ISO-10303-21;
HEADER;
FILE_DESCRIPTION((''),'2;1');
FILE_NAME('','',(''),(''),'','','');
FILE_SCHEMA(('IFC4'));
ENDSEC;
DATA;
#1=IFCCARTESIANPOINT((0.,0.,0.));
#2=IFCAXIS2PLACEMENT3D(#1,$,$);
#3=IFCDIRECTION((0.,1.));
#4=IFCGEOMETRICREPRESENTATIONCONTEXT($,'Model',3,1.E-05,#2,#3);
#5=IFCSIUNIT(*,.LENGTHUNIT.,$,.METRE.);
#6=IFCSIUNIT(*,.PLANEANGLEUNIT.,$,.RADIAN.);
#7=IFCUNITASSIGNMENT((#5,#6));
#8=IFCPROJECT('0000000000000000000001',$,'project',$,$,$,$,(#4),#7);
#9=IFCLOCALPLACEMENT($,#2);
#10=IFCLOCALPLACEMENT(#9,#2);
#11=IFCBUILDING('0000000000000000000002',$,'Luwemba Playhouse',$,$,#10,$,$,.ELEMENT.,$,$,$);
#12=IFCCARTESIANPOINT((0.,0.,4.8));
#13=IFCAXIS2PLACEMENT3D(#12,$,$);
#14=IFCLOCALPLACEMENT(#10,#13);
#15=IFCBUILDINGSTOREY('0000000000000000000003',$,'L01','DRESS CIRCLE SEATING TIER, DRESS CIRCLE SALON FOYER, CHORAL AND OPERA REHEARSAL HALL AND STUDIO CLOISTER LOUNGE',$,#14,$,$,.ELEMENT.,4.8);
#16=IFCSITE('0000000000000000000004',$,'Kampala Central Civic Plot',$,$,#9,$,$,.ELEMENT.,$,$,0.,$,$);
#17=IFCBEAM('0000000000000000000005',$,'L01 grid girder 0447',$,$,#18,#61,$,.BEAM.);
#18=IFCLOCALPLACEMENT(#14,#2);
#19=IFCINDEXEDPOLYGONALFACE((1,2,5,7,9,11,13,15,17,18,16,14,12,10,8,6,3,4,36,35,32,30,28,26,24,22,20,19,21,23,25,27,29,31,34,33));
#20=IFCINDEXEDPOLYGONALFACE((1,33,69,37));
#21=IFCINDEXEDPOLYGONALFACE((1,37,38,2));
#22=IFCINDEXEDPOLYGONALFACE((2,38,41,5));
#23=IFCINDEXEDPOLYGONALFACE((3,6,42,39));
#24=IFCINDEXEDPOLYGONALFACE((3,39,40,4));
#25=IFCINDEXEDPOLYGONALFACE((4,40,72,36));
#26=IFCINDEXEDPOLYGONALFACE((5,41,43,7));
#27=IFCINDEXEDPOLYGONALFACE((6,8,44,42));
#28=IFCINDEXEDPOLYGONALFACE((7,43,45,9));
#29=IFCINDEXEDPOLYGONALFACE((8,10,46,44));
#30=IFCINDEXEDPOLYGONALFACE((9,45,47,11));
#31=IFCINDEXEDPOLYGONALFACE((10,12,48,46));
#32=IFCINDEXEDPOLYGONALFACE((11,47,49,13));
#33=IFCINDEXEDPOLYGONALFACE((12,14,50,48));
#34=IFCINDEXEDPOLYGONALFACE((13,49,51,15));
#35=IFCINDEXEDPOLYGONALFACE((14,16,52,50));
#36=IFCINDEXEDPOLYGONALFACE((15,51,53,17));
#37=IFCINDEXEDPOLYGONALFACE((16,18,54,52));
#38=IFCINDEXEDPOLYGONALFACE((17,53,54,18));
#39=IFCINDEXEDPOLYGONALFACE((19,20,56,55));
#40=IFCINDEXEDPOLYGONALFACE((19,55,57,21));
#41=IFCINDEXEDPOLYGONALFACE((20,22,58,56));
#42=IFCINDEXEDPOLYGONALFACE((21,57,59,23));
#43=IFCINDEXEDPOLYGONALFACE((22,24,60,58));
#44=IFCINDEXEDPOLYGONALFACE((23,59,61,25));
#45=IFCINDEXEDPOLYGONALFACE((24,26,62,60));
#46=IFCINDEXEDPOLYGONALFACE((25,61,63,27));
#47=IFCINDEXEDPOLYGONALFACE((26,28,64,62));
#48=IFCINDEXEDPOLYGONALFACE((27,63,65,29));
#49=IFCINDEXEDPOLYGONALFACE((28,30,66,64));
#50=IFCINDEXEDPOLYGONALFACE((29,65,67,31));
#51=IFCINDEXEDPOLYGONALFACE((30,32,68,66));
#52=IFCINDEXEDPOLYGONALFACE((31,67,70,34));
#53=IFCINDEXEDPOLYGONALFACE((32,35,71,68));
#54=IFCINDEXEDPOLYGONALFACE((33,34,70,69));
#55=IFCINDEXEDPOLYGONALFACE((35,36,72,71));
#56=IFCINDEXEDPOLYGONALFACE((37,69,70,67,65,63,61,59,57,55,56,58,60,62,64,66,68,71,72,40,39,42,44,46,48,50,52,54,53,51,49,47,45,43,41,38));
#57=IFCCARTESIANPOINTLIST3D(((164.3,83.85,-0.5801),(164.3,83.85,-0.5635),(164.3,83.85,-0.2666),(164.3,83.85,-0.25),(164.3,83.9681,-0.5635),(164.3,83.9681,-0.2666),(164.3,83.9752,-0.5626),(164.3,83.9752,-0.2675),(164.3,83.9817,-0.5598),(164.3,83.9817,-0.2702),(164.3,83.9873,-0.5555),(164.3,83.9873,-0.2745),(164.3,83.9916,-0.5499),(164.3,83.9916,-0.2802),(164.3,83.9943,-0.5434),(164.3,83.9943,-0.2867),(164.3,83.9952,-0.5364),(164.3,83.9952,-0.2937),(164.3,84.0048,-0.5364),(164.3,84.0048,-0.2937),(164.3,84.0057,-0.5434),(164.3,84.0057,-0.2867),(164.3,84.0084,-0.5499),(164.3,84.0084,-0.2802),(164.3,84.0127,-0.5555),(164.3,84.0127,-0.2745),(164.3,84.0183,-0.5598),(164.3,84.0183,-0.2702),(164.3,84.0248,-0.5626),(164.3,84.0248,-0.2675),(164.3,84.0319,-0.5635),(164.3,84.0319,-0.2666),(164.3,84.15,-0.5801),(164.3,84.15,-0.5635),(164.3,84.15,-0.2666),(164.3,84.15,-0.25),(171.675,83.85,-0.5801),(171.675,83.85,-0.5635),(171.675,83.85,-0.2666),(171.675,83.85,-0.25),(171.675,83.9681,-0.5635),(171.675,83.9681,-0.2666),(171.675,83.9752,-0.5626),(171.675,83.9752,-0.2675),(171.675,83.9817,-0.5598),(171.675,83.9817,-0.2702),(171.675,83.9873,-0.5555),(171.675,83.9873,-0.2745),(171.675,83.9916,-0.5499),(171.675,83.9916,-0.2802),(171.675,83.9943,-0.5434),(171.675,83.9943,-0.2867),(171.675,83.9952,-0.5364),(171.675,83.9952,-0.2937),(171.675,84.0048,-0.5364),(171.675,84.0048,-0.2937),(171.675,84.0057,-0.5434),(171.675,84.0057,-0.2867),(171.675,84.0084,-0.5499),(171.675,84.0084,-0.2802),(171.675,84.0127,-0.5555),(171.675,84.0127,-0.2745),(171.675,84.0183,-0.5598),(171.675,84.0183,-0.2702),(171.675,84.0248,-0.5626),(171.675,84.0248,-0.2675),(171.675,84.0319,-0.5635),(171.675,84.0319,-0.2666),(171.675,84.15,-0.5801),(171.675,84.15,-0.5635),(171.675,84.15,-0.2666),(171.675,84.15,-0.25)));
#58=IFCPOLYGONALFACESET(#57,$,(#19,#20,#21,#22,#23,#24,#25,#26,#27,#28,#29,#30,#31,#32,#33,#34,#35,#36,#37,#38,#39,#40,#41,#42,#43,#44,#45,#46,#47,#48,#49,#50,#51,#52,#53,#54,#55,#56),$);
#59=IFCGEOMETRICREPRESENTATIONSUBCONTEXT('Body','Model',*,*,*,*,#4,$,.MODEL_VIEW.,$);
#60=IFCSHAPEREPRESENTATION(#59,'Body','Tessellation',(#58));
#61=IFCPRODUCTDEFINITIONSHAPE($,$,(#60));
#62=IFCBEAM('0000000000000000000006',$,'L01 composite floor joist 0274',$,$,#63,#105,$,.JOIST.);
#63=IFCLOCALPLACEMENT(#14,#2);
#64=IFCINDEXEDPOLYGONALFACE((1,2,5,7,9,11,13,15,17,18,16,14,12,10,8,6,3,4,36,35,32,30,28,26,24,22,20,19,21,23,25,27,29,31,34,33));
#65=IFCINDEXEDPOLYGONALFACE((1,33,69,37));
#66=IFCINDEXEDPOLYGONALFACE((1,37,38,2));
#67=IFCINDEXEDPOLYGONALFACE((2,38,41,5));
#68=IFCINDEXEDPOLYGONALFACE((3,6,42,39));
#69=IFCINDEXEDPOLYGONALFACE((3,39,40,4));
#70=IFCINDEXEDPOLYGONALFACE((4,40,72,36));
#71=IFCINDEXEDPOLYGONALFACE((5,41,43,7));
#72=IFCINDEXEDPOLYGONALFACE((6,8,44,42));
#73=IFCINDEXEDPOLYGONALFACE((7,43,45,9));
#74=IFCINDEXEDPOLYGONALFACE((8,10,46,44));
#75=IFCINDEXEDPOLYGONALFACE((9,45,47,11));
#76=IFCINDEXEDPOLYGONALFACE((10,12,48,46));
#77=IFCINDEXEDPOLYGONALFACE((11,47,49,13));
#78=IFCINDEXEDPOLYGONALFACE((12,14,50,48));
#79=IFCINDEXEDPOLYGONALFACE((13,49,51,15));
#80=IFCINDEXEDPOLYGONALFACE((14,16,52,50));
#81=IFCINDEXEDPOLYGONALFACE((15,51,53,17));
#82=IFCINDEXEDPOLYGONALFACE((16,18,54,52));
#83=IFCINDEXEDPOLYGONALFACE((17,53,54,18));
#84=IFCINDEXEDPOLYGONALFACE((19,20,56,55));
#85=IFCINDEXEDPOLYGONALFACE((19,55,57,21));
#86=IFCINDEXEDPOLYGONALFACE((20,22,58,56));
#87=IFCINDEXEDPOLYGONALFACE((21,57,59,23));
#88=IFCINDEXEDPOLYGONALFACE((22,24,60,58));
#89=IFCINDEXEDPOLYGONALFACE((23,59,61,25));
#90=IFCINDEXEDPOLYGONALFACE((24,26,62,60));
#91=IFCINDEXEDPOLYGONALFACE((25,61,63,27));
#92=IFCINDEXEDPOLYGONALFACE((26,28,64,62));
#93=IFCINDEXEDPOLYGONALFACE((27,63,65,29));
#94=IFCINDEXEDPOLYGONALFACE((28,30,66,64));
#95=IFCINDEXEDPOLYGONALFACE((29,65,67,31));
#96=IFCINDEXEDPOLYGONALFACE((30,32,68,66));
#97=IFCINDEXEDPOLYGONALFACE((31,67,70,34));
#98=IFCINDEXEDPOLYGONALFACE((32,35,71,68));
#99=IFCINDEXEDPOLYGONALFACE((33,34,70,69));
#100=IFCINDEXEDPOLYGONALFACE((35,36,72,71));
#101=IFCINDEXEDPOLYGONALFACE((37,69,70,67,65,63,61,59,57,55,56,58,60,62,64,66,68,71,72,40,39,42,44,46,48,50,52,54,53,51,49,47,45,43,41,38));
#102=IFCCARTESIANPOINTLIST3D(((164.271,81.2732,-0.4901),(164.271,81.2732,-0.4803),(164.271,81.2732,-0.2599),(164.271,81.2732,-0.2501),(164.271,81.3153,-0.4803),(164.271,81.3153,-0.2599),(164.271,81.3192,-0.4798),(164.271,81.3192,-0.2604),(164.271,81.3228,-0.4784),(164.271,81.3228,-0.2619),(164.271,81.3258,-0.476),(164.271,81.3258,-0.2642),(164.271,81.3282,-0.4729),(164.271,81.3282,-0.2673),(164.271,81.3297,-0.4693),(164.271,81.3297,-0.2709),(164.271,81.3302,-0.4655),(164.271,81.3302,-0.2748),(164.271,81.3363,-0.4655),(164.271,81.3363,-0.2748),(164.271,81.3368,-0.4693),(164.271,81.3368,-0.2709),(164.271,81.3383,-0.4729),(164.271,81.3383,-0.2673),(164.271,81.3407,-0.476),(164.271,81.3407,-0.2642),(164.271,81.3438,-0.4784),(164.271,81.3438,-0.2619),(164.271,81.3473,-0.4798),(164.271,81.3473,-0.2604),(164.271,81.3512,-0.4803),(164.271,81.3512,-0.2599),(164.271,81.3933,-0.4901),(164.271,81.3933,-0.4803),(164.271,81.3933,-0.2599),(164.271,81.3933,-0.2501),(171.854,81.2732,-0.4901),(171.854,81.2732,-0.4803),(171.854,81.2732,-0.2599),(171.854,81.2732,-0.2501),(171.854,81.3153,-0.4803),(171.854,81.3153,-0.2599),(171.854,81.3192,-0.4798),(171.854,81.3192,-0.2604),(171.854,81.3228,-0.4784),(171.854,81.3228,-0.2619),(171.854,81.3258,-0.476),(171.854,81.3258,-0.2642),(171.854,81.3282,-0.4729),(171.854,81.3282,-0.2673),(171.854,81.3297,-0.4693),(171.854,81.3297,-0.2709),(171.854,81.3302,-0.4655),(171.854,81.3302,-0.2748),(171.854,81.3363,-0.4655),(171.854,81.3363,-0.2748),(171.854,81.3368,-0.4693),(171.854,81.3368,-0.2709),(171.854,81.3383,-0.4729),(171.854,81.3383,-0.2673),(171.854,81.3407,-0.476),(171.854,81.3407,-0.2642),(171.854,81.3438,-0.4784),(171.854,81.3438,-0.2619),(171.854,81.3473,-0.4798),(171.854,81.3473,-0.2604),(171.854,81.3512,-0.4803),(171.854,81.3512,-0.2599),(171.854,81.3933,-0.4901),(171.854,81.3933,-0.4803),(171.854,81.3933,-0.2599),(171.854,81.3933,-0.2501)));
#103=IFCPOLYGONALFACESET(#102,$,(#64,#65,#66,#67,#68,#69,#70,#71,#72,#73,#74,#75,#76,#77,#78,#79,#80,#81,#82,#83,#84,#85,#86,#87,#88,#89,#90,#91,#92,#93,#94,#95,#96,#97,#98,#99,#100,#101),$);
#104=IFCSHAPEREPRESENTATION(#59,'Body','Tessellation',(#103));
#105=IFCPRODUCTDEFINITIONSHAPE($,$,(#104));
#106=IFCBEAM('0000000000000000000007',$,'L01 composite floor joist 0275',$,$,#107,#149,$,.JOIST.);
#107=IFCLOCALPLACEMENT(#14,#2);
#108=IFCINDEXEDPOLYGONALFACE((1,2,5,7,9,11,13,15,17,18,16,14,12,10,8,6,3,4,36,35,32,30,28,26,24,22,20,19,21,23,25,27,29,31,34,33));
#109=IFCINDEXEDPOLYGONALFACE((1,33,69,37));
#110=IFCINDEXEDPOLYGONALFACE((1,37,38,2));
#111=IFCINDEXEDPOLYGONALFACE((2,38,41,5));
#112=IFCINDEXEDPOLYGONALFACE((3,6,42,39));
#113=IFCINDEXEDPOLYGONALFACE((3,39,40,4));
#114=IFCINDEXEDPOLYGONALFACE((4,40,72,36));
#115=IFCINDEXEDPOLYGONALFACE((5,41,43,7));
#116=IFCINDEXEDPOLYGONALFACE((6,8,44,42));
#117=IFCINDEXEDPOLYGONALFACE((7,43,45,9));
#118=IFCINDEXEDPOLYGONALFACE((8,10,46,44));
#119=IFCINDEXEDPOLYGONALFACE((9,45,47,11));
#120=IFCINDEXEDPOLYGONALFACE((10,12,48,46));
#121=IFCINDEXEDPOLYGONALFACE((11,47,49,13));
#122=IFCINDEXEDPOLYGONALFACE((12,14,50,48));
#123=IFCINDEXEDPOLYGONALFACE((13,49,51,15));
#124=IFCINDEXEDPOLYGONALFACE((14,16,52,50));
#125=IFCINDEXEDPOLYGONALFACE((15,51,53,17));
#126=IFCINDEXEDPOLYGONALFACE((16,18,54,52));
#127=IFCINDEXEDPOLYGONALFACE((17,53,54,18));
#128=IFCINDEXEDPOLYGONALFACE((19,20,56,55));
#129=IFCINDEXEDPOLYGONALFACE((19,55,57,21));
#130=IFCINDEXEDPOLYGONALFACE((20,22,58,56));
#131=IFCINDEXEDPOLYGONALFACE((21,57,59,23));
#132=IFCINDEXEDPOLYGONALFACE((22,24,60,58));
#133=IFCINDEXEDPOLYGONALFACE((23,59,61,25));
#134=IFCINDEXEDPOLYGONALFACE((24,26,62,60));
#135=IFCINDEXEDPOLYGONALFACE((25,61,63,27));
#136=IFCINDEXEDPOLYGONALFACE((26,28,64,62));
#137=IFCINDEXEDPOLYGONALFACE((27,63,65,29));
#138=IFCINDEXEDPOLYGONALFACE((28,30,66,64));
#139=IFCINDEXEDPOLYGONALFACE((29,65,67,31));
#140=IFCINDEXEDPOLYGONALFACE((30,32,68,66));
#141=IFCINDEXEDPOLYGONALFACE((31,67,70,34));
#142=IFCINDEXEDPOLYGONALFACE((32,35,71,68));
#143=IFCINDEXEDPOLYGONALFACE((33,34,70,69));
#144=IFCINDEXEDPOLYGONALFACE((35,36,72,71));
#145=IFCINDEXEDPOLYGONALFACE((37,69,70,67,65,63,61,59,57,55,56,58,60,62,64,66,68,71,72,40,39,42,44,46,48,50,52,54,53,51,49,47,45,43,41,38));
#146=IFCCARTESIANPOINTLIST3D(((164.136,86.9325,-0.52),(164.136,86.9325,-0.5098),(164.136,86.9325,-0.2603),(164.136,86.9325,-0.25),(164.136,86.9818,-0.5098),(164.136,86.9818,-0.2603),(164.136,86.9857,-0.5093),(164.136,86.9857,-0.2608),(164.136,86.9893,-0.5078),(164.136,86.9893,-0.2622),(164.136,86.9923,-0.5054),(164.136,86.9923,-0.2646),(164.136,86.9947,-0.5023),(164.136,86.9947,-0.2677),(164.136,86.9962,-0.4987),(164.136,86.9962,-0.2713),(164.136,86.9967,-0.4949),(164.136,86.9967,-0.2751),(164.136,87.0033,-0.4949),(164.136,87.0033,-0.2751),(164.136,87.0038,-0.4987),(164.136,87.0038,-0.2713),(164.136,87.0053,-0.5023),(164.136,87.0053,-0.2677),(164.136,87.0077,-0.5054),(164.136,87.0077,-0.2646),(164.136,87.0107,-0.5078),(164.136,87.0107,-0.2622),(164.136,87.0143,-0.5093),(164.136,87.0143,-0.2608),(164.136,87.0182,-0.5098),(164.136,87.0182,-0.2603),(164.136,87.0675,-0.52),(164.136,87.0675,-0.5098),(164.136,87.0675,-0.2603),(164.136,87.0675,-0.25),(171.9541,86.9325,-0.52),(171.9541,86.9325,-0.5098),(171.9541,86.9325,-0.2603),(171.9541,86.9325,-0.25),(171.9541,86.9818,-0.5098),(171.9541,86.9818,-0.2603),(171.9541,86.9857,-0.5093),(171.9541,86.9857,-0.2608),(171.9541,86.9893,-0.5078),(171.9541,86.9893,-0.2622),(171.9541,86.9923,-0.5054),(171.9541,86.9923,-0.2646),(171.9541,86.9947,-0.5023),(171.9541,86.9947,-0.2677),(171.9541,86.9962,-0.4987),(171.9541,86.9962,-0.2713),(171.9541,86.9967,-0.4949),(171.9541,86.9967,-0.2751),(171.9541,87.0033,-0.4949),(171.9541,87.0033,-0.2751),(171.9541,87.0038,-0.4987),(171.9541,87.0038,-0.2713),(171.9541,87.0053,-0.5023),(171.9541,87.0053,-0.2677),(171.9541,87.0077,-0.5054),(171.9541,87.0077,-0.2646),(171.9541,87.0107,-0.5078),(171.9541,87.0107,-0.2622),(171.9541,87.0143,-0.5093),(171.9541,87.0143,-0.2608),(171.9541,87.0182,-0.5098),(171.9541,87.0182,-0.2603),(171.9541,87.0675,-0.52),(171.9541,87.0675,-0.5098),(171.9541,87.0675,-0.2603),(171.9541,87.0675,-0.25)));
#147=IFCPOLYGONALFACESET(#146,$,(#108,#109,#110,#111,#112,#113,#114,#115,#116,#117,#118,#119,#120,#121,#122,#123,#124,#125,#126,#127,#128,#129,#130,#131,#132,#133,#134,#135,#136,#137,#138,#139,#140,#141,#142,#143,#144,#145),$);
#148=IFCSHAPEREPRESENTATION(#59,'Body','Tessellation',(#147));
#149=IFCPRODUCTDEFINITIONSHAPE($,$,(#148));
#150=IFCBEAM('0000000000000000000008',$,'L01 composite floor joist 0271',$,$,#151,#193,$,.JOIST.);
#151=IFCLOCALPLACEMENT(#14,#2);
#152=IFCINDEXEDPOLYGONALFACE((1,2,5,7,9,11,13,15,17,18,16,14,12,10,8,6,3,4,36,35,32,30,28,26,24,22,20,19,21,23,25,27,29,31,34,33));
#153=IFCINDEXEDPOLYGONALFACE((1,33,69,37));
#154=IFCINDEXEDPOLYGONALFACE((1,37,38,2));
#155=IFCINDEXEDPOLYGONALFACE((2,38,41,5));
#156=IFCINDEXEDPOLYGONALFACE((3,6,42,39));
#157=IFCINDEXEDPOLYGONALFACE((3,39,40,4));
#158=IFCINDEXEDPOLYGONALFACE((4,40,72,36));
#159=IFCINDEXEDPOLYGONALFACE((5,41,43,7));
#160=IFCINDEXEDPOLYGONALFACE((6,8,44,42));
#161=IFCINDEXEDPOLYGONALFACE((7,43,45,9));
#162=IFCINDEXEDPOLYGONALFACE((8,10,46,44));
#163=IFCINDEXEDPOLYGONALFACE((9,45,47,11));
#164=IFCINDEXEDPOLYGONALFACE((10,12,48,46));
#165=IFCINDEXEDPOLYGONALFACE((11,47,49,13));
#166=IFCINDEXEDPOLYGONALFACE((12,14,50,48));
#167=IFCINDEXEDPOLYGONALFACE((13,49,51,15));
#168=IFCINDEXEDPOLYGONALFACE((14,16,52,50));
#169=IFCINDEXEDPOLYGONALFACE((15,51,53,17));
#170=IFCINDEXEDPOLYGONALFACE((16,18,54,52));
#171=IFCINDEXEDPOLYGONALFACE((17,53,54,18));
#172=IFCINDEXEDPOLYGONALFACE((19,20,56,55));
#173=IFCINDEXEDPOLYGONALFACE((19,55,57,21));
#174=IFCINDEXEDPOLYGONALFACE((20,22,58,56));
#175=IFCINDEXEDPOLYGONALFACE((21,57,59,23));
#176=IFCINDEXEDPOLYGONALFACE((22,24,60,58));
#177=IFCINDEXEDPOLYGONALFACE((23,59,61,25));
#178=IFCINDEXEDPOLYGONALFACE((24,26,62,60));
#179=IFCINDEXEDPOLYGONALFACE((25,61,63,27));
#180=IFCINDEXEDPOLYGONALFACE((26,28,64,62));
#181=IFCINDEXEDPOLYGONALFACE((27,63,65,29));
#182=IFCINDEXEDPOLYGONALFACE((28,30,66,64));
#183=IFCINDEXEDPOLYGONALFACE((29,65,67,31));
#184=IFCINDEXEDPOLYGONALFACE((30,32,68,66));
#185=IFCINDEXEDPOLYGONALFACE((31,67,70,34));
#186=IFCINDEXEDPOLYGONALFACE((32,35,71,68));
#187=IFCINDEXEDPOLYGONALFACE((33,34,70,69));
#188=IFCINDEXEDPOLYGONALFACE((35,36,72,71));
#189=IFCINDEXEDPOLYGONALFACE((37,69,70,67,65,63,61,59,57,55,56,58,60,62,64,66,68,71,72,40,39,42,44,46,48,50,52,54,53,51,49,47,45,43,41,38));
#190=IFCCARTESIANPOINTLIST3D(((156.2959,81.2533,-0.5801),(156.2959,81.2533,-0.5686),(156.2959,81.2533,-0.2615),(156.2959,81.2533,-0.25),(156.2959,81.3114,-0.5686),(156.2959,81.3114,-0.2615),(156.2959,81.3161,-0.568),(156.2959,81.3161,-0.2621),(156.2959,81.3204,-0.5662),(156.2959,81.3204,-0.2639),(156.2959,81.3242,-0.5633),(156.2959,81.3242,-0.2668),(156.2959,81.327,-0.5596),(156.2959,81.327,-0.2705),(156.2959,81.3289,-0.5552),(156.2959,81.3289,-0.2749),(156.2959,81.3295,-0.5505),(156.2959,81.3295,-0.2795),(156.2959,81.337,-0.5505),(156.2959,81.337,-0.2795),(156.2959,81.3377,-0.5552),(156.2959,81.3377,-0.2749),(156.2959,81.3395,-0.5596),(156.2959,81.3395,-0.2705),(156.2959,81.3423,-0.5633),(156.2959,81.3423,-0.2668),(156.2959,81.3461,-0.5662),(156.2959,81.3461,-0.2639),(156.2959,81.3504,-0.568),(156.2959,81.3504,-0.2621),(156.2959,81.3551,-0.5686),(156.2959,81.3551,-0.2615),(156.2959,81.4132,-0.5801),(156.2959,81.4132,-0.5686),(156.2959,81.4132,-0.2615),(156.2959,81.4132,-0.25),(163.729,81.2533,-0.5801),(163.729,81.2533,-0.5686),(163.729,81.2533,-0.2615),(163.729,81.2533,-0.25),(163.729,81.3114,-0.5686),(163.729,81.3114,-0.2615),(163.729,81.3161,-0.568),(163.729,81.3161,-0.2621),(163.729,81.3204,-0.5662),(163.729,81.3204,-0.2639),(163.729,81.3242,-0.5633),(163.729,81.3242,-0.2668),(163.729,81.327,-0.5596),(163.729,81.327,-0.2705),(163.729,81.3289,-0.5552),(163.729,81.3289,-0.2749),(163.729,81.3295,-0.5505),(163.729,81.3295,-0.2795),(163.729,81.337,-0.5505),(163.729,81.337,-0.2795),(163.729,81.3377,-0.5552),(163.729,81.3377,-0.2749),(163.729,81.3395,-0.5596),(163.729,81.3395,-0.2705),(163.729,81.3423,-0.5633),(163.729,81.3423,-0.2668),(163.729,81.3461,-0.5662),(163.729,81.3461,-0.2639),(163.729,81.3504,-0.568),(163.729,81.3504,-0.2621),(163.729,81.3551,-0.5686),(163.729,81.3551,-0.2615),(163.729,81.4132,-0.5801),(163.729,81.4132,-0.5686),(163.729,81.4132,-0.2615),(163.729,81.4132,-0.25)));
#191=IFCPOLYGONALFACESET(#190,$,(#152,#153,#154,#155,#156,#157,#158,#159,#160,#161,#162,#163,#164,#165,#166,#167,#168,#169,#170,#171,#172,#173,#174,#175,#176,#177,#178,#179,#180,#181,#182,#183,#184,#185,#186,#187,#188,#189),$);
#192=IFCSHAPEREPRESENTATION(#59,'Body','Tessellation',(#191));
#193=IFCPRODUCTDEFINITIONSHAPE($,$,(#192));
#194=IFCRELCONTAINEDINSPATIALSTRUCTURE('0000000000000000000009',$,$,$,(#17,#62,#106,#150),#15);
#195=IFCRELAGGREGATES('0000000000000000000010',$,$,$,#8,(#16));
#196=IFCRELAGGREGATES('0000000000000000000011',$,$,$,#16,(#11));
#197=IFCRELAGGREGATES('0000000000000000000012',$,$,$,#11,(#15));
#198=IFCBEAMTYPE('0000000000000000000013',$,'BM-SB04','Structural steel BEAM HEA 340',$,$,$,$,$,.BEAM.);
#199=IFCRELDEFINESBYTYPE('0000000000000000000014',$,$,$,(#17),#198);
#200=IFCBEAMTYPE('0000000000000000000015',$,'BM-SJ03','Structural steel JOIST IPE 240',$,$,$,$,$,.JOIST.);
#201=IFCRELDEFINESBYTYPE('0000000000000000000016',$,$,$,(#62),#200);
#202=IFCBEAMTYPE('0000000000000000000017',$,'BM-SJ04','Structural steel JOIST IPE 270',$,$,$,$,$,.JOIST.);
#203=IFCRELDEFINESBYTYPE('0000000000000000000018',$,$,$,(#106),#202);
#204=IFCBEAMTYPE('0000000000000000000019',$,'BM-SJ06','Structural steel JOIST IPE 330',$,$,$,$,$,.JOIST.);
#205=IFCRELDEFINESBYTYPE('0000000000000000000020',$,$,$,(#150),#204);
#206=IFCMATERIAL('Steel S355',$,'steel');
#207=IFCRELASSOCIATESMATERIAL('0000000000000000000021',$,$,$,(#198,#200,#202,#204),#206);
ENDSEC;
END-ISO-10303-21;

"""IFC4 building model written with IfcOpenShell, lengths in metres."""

from ifc_helpers import new_model, si_unit, direction, frame, origin, origin_2d, place, context, subcontext, project, spatial, i_section, extrude, material, material_profile, profile_set, type_object, element, save


model = new_model("IFC4")

# Units and contexts
model_context = context("Model", 3, precision=1e-05, world=origin(), true_north=direction((0.0, 1.0)))
body_context = subcontext(model_context, "Body", "Model", "MODEL_VIEW")
ifc_project = project(units=[si_unit("LENGTHUNIT", "METRE"), si_unit("PLANEANGLEUNIT", "RADIAN")], contexts=[model_context])

# Site, building, storey
site_placement = place(None, origin())
site = spatial("IfcSite", under=ifc_project, at=site_placement, Name="Kampala Central Civic Plot", CompositionType="ELEMENT", RefElevation=0.0)
building_placement = place(site_placement, origin())
building = spatial("IfcBuilding", under=site, at=building_placement, Name="Luwemba Playhouse", CompositionType="ELEMENT")
storey_placement = place(building_placement, frame((0.0, 0.0, 4.8)))
storey = spatial("IfcBuildingStorey", under=building, at=storey_placement, Name="L01", Description="DRESS CIRCLE SEATING TIER, DRESS CIRCLE SALON FOYER, CHORAL AND OPERA REHEARSAL HALL AND STUDIO CLOISTER LOUNGE", CompositionType="ELEMENT", Elevation=4.8)

# Beams
ifc_material_1 = material(Name="Steel S355", Category="steel")
ifc_material_profile_1 = material_profile(ifc_material_1, i_section(OverallWidth=0.3, OverallDepth=0.3301, WebThickness=0.0095, FlangeThickness=0.0166, FilletRadius=0.0271, at=origin_2d()))
ifc_profile_set_1 = profile_set([ifc_material_profile_1], Name="Steel S355")
beam_type_1 = type_object("IfcBeamType", Name="BM-SB04", Description="Structural steel BEAM HEA 340", PredefinedType="BEAM", material=ifc_profile_set_1)
beam_1_placement = place(storey_placement, frame((164.3, 84.0, -0.415), z_axis=(1.0, 0.0, 0.0), x_axis=(0.0, 1.0, 0.0)))
element("IfcBeam", 1, at=beam_1_placement, inside=storey, type_object=beam_type_1, Name="L01 grid girder 0447", PredefinedType="BEAM", context=body_context, shape_type="SweptSolid", body=[
    extrude(i_section(OverallWidth=0.3, OverallDepth=0.3301, WebThickness=0.0095, FlangeThickness=0.0166, FilletRadius=0.0271, at=origin_2d()), origin(), (0.0, 0.0, 1.0), 7.375),
])
ifc_material_profile_2 = material_profile(ifc_material_1, i_section(OverallWidth=0.1201, OverallDepth=0.24, WebThickness=0.0061, FlangeThickness=0.0098, FilletRadius=0.0149, at=origin_2d()))
ifc_profile_set_2 = profile_set([ifc_material_profile_2], Name="Steel S355")
beam_type_2 = type_object("IfcBeamType", Name="BM-SJ03", Description="Structural steel JOIST IPE 240", PredefinedType="JOIST", material=ifc_profile_set_2)
beam_2_placement = place(storey_placement, frame((164.271, 81.3333, -0.3701), z_axis=(1.0, 0.0, 0.0), x_axis=(0.0, 1.0, 0.0)))
element("IfcBeam", 2, at=beam_2_placement, inside=storey, type_object=beam_type_2, Name="L01 composite floor joist 0274", PredefinedType="JOIST", context=body_context, shape_type="SweptSolid", body=[
    extrude(i_section(OverallWidth=0.1201, OverallDepth=0.24, WebThickness=0.0061, FlangeThickness=0.0098, FilletRadius=0.0149, at=origin_2d()), origin(), (0.0, 0.0, 1.0), 7.583),
])
ifc_material_profile_3 = material_profile(ifc_material_1, i_section(OverallWidth=0.135, OverallDepth=0.27, WebThickness=0.0066, FlangeThickness=0.0103, FilletRadius=0.0149, at=origin_2d()))
ifc_profile_set_3 = profile_set([ifc_material_profile_3], Name="Steel S355")
beam_type_3 = type_object("IfcBeamType", Name="BM-SJ04", Description="Structural steel JOIST IPE 270", PredefinedType="JOIST", material=ifc_profile_set_3)
beam_3_placement = place(storey_placement, frame((164.136, 87.0, -0.385), z_axis=(1.0, 0.0, 0.0), x_axis=(0.0, 1.0, 0.0)))
element("IfcBeam", 3, at=beam_3_placement, inside=storey, type_object=beam_type_3, Name="L01 composite floor joist 0275", PredefinedType="JOIST", context=body_context, shape_type="SweptSolid", body=[
    extrude(i_section(OverallWidth=0.135, OverallDepth=0.27, WebThickness=0.0066, FlangeThickness=0.0103, FilletRadius=0.0149, at=origin_2d()), origin(), (0.0, 0.0, 1.0), 7.8181),
])
ifc_material_profile_4 = material_profile(ifc_material_1, i_section(OverallWidth=0.1599, OverallDepth=0.3301, WebThickness=0.0076, FlangeThickness=0.0115, FilletRadius=0.0181, at=origin_2d()))
ifc_profile_set_4 = profile_set([ifc_material_profile_4], Name="Steel S355")
beam_type_4 = type_object("IfcBeamType", Name="BM-SJ06", Description="Structural steel JOIST IPE 330", PredefinedType="JOIST", material=ifc_profile_set_4)
beam_4_placement = place(storey_placement, frame((156.2959, 81.3333, -0.415), z_axis=(1.0, 0.0, 0.0), x_axis=(0.0, 1.0, 0.0)))
element("IfcBeam", 4, at=beam_4_placement, inside=storey, type_object=beam_type_4, Name="L01 composite floor joist 0271", PredefinedType="JOIST", context=body_context, shape_type="SweptSolid", body=[
    extrude(i_section(OverallWidth=0.1599, OverallDepth=0.3301, WebThickness=0.0076, FlangeThickness=0.0115, FilletRadius=0.0181, at=origin_2d()), origin(), (0.0, 0.0, 1.0), 7.4331),
])

save(model, "model.ifc")
